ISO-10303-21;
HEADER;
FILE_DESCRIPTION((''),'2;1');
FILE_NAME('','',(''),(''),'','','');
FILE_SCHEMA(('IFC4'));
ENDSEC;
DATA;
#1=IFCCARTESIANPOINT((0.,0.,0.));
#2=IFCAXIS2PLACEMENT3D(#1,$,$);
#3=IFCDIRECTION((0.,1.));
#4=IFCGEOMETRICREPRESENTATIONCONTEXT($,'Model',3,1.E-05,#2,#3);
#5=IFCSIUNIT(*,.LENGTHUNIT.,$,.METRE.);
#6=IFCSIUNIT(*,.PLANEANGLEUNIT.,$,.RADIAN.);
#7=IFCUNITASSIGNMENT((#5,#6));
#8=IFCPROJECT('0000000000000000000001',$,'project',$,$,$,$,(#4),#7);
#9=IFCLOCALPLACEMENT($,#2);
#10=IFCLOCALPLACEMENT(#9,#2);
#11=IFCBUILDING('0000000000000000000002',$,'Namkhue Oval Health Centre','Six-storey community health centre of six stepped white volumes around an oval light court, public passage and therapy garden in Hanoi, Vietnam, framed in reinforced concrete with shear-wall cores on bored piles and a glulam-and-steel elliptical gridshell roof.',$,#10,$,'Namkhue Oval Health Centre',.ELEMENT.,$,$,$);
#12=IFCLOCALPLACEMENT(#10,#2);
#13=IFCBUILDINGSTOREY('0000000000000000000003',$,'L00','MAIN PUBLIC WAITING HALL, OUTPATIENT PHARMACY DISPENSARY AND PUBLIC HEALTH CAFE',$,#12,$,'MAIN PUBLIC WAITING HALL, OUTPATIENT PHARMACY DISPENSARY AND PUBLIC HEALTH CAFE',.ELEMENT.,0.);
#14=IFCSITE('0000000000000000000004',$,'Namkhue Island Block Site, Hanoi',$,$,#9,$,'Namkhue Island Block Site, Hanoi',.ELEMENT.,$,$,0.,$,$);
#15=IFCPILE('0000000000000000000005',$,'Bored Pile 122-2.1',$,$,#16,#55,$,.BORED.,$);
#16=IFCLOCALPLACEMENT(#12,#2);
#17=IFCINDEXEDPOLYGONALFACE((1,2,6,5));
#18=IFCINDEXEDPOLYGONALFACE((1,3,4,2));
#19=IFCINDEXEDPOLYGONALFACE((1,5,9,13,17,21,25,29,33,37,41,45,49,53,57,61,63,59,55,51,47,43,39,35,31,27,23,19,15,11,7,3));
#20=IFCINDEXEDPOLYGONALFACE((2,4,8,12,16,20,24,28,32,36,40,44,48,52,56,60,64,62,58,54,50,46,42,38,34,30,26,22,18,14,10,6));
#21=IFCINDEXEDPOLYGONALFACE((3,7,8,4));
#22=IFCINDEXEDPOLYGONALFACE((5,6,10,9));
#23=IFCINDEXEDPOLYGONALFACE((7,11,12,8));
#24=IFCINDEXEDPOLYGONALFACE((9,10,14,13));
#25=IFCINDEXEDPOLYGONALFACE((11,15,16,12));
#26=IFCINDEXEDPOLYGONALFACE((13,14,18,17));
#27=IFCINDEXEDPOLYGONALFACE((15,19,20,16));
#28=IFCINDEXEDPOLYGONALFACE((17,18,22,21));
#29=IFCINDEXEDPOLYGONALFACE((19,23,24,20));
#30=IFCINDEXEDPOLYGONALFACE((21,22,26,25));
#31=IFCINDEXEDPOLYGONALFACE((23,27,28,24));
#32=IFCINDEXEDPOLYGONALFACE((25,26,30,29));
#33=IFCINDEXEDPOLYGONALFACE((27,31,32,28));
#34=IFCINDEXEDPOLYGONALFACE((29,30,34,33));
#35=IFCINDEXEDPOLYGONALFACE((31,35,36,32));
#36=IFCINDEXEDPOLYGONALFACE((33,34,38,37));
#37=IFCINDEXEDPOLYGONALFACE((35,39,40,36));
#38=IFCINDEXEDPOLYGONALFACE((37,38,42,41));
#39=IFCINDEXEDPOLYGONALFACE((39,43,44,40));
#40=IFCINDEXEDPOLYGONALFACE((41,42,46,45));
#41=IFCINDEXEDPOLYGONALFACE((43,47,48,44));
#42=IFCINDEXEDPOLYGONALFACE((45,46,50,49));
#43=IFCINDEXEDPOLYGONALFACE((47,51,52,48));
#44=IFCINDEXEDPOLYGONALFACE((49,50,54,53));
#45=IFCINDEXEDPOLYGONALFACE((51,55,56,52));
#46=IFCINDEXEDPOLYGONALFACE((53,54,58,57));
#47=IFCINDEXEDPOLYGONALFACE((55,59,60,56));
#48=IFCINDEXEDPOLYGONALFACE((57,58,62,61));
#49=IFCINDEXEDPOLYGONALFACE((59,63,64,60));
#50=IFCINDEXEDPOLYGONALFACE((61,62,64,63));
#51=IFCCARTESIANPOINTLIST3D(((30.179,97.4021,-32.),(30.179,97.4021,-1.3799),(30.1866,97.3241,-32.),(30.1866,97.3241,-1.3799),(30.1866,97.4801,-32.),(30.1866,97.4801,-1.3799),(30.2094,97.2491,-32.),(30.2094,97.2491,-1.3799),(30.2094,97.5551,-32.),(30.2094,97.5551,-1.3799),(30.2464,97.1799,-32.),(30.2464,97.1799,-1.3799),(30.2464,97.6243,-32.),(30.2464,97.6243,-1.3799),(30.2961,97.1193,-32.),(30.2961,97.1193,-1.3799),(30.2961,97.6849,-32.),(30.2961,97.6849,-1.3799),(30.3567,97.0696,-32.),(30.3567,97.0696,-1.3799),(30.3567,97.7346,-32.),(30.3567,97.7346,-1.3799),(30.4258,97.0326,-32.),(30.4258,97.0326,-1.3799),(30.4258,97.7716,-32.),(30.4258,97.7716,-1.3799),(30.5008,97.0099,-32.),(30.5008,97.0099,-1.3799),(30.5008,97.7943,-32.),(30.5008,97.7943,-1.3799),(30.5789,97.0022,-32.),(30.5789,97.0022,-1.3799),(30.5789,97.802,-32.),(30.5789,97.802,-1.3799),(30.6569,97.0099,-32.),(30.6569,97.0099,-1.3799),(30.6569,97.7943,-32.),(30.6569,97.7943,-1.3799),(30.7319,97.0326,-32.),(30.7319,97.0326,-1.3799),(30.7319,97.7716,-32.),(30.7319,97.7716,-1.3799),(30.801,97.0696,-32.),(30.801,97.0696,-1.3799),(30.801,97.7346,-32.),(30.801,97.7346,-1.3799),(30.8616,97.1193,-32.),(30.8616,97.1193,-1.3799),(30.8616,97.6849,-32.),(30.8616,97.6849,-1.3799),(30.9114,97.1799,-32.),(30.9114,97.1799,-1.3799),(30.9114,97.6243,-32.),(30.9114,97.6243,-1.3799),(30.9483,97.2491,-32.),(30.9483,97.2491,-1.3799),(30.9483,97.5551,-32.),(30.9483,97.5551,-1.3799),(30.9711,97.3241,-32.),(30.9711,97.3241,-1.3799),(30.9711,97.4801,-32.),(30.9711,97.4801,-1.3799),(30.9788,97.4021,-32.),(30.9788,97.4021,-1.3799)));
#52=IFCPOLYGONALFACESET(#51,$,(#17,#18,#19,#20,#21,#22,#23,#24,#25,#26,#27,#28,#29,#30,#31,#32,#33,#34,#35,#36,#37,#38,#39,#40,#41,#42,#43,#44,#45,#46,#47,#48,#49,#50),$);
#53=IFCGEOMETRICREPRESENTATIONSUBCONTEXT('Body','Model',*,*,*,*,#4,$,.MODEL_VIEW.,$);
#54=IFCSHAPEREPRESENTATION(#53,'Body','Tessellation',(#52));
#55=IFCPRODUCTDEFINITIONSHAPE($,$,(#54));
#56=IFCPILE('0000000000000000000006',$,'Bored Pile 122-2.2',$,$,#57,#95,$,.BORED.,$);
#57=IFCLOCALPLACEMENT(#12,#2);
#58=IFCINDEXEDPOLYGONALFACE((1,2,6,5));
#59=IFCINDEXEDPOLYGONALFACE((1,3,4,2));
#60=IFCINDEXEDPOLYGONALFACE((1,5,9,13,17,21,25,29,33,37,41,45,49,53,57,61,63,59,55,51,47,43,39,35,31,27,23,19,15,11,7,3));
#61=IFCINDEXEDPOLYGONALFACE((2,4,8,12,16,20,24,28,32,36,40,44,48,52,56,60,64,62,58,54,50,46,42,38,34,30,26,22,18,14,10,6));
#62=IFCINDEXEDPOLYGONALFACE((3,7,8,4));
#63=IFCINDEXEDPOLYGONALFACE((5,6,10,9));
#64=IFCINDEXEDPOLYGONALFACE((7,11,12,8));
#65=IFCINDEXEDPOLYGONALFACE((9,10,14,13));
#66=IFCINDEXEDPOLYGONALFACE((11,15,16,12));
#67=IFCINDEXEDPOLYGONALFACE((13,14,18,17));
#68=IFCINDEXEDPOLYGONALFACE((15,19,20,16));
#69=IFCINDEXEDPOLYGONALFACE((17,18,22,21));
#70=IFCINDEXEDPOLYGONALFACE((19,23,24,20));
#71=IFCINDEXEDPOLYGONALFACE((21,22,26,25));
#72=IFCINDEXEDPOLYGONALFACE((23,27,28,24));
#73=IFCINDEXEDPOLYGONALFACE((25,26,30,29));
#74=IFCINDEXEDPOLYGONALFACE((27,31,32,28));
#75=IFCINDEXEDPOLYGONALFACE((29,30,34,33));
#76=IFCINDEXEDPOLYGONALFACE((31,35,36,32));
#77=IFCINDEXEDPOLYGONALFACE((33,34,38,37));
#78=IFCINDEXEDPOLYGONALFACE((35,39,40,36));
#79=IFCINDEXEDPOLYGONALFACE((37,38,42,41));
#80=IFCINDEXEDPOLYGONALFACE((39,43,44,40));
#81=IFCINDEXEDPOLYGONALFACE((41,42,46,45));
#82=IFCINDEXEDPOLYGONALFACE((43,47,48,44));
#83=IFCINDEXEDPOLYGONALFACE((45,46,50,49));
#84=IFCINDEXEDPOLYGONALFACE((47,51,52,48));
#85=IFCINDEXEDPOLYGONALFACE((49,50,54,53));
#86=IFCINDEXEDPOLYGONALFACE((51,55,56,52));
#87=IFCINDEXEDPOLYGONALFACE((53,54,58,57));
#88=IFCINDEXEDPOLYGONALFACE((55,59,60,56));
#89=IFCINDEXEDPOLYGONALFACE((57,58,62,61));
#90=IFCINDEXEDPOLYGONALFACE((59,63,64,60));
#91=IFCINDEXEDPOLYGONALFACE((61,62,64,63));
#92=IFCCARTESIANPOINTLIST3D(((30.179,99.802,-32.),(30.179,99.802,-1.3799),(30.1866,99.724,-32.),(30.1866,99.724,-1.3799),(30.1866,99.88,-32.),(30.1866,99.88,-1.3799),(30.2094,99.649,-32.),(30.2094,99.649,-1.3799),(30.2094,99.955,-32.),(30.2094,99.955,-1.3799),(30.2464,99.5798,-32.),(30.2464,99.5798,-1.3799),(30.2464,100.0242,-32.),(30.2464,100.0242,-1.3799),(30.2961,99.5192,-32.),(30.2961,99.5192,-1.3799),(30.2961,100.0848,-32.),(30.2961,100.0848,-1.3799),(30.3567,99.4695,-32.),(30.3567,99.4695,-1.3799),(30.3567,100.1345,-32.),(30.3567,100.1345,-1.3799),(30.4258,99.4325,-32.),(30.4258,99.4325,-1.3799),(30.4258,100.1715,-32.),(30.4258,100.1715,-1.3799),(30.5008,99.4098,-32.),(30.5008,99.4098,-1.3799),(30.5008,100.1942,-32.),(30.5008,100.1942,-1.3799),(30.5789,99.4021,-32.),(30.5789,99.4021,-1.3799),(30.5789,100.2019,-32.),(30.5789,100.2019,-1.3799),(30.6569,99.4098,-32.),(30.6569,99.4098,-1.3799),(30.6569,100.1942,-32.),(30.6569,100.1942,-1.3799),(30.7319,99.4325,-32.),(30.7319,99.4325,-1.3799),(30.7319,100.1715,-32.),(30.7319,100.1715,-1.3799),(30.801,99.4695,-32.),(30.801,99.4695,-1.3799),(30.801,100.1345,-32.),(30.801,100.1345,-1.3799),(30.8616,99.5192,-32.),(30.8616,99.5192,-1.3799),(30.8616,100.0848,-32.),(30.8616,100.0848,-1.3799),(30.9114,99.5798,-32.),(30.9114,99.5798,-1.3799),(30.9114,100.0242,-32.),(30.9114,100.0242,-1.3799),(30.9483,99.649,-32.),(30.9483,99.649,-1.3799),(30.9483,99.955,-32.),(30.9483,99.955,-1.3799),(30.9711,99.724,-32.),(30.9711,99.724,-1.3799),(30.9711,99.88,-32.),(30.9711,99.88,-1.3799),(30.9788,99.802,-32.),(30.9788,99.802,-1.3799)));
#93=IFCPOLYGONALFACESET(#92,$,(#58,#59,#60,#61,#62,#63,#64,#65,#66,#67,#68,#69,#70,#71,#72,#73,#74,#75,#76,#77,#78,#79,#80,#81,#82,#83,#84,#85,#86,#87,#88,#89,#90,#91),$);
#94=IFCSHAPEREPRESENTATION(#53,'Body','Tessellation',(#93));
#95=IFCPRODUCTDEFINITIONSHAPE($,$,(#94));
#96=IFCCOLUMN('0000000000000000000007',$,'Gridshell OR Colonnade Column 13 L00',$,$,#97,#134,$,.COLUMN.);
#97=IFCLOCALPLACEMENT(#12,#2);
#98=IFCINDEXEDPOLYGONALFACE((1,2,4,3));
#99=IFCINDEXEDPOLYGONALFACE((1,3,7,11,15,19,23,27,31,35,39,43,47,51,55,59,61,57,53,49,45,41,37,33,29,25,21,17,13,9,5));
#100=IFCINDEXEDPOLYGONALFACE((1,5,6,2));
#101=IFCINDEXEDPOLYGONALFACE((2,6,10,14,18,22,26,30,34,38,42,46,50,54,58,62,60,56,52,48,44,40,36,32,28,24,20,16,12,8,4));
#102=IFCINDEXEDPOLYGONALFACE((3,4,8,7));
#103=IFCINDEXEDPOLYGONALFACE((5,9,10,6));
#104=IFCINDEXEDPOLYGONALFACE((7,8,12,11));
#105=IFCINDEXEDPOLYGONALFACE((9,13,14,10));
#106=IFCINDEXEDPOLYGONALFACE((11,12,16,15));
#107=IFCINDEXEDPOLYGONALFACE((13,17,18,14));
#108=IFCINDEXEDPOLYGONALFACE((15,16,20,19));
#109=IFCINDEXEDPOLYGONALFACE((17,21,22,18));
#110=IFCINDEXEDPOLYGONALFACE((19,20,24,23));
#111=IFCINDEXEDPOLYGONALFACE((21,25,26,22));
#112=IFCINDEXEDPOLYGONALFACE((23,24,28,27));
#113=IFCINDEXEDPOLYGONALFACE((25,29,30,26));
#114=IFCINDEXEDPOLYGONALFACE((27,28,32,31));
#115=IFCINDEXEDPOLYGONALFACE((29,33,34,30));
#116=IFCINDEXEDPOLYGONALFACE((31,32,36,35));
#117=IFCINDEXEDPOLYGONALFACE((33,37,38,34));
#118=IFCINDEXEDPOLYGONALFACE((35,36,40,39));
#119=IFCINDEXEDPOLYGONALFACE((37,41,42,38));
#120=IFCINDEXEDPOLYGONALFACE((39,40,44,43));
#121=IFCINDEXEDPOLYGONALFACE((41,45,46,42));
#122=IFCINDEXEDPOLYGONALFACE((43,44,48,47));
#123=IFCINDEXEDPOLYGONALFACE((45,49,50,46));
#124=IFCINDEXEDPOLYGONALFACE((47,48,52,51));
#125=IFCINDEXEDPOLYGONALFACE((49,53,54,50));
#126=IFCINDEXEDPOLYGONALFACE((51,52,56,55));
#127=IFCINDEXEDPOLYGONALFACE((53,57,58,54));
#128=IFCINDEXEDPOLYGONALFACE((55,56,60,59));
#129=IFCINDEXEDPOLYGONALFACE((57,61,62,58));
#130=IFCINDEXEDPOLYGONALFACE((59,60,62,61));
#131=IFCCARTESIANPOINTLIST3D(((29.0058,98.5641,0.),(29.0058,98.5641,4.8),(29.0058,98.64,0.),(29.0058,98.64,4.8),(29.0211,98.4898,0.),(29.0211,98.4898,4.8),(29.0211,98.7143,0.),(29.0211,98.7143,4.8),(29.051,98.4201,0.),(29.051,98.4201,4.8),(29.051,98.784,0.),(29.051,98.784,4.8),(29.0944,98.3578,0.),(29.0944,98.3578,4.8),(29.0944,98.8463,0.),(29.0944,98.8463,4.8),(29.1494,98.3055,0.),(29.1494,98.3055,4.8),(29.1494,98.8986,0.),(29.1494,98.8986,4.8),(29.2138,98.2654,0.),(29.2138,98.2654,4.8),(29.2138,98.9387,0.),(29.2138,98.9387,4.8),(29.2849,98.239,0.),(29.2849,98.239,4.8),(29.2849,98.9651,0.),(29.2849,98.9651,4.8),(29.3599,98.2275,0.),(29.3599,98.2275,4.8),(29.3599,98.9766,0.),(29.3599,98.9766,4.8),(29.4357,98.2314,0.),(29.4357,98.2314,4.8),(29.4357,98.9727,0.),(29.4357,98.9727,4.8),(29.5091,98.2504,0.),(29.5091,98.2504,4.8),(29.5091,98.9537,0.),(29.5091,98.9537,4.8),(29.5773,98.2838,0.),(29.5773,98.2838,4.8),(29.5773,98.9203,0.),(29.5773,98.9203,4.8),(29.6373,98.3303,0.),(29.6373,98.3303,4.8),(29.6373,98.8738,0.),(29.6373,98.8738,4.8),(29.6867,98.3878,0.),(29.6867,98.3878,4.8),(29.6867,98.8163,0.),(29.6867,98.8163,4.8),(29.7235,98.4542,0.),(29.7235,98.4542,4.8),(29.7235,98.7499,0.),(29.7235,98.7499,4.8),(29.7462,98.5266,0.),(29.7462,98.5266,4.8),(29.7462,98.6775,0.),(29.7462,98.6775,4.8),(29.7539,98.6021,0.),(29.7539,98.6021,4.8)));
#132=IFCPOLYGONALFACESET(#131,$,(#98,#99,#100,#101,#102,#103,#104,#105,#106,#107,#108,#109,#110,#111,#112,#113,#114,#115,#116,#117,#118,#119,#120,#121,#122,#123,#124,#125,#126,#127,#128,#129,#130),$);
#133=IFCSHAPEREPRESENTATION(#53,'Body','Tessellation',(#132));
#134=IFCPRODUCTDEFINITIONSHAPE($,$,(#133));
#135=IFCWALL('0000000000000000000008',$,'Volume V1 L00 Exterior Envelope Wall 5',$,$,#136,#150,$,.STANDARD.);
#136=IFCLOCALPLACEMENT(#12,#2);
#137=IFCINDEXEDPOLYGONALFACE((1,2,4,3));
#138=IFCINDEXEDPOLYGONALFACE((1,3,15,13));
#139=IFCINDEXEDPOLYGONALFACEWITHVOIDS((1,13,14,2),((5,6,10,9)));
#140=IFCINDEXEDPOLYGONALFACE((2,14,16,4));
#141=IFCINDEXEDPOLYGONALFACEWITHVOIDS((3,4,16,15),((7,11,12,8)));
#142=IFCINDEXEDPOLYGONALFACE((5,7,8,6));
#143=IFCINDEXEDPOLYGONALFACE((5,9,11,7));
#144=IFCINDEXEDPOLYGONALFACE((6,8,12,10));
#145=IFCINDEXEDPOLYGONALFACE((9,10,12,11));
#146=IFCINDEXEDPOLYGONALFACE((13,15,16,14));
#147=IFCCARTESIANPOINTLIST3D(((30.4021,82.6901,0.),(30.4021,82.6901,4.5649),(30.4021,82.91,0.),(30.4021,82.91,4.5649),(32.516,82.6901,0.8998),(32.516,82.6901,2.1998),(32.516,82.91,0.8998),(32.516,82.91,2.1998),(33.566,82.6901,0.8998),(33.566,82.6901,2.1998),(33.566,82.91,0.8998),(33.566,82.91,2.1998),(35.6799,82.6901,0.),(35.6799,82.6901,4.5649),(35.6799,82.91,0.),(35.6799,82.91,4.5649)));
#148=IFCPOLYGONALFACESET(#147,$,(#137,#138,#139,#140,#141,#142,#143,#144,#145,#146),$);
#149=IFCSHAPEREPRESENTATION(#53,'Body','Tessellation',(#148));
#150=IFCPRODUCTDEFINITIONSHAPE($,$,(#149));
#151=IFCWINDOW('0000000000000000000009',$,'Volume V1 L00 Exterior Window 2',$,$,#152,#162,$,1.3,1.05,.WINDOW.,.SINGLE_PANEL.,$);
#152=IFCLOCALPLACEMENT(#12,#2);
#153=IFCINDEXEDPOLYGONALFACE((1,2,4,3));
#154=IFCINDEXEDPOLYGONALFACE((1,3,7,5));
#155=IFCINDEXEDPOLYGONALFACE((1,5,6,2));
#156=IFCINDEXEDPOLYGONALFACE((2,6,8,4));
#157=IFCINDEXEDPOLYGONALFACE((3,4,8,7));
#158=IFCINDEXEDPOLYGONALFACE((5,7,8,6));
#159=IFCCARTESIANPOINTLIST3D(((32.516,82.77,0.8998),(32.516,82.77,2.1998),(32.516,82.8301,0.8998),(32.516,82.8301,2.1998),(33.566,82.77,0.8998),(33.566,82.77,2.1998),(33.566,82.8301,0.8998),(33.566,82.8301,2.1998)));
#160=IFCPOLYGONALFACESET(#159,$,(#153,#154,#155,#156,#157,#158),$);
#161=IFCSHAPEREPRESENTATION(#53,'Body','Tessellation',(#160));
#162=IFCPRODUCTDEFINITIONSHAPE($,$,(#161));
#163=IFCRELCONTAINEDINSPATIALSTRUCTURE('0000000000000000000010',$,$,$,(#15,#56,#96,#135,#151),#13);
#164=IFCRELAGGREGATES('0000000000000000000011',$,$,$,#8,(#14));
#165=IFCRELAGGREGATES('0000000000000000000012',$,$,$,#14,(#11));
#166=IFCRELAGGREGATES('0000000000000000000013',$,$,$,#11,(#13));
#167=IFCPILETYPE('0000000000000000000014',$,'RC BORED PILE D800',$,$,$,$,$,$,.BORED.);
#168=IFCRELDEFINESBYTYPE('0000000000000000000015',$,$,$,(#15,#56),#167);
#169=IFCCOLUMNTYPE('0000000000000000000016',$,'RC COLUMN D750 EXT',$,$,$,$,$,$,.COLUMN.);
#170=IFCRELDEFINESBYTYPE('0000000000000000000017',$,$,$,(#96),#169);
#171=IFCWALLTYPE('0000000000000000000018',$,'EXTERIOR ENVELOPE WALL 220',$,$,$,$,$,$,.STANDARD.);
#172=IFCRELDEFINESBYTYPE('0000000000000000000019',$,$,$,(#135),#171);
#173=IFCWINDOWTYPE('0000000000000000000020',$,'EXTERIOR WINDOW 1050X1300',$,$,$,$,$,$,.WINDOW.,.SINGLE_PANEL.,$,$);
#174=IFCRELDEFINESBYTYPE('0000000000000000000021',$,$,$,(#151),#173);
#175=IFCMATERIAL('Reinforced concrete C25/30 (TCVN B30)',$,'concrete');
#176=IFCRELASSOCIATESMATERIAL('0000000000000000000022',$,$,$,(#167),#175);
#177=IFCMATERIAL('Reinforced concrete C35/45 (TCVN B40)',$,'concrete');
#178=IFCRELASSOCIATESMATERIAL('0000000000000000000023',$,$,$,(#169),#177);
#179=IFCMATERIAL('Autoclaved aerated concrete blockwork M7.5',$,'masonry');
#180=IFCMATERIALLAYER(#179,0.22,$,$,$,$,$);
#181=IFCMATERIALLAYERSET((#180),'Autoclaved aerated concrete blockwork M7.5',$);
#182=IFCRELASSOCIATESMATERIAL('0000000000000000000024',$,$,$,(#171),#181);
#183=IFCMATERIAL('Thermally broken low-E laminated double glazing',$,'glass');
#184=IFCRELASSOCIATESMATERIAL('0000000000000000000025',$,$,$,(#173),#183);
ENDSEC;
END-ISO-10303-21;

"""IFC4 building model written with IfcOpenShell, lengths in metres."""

from ifc_helpers import new_model, si_unit, direction, frame, frame_2d, origin, origin_2d, place, context, subcontext, project, spatial, rectangle, circle, extrude, material, layer, layer_set, material_profile, profile_set, type_object, element, fill, save


model = new_model("IFC4")

# Units and contexts
model_context = context("Model", 3, precision=1e-05, world=origin(), true_north=direction((0.0, 1.0)))
body_context = subcontext(model_context, "Body", "Model", "MODEL_VIEW")
ifc_project = project(units=[si_unit("LENGTHUNIT", "METRE"), si_unit("PLANEANGLEUNIT", "RADIAN")], contexts=[model_context])

# Site, building, storey
site_placement = place(None, origin())
site = spatial("IfcSite", under=ifc_project, at=site_placement, Name="Namkhue Island Block Site, Hanoi", LongName="Namkhue Island Block Site, Hanoi", CompositionType="ELEMENT", RefElevation=0.0)
building_placement = place(site_placement, origin())
building = spatial("IfcBuilding", under=site, at=building_placement, Name="Namkhue Oval Health Centre", Description="Six-storey community health centre of six stepped white volumes around an oval light court, public passage and therapy garden in Hanoi, Vietnam, framed in reinforced concrete with shear-wall cores on bored piles and a glulam-and-steel elliptical gridshell roof.", LongName="Namkhue Oval Health Centre", CompositionType="ELEMENT")
storey_placement = place(building_placement, origin())
storey = spatial("IfcBuildingStorey", under=building, at=storey_placement, Name="L00", Description="MAIN PUBLIC WAITING HALL, OUTPATIENT PHARMACY DISPENSARY AND PUBLIC HEALTH CAFE", LongName="MAIN PUBLIC WAITING HALL, OUTPATIENT PHARMACY DISPENSARY AND PUBLIC HEALTH CAFE", CompositionType="ELEMENT", Elevation=0.0)

# Piles
ifc_material_1 = material(Name="Reinforced concrete C25/30 (TCVN B30)", Category="concrete")
ifc_material_profile_1 = material_profile(ifc_material_1, circle(Radius=0.3999, at=origin_2d()), Name="BORED PILE D800")
ifc_profile_set_1 = profile_set([ifc_material_profile_1], Name="Reinforced concrete C25/30 (TCVN B30)")
pile_type_1 = type_object("IfcPileType", Name="RC BORED PILE D800", PredefinedType="BORED", material=ifc_profile_set_1)
for number, where, z_axis, x_axis, name in (
    (1, (30.5789, 97.4021, -1.3799), (0.0, 0.0, -1.0), (1.0, 0.0, 0.0), "Bored Pile 122-2.1"),
    (2, (30.5789, 99.802, -1.3799), (0.0, 0.0, -1.0), (1.0, 0.0, 0.0), "Bored Pile 122-2.2"),
):
    element("IfcPile", number, at=place(storey_placement, frame(where, z_axis=z_axis, x_axis=x_axis)), inside=storey, type_object=pile_type_1, Name=name, PredefinedType="BORED", context=body_context, shape_type="SweptSolid", body=[
        extrude(circle(Radius=0.3999, at=origin_2d()), origin(), (0.0, 0.0, 1.0), 30.6201),
    ])

# Column
ifc_material_2 = material(Name="Reinforced concrete C35/45 (TCVN B40)", Category="concrete")
ifc_material_profile_2 = material_profile(ifc_material_2, circle(Radius=0.375, at=origin_2d()), Name="RC D750")
ifc_profile_set_2 = profile_set([ifc_material_profile_2], Name="Reinforced concrete C35/45 (TCVN B40)")
column_type = type_object("IfcColumnType", Name="RC COLUMN D750 EXT", PredefinedType="COLUMN", material=ifc_profile_set_2)
column_placement = place(storey_placement, frame((29.3789, 98.6021, 0.0), z_axis=(0.0, 0.0, 1.0), x_axis=(1.0, 0.0, 0.0)))
element("IfcColumn", 3, at=column_placement, inside=storey, type_object=column_type, Name="Gridshell OR Colonnade Column 13 L00", PredefinedType="COLUMN", context=body_context, shape_type="SweptSolid", body=[
    extrude(circle(Radius=0.375, at=origin_2d()), origin(), (0.0, 0.0, 1.0), 4.8),
])

# Wall, opening, window
ifc_material_3 = material(Name="Autoclaved aerated concrete blockwork M7.5", Category="masonry")
ifc_layer_1 = layer(ifc_material_3, 0.22)
ifc_layer_set_1 = layer_set([ifc_layer_1], Name="Autoclaved aerated concrete blockwork M7.5")
wall_type_1 = type_object("IfcWallType", Name="EXTERIOR ENVELOPE WALL 220", PredefinedType="STANDARD", material=ifc_layer_set_1)
wall_1_placement = place(storey_placement, frame((35.6799, 82.8, 0.0), z_axis=(0.0, 0.0, 1.0), x_axis=(-1.0, 0.0, 0.0)))
wall_1 = element("IfcWall", 4, at=wall_1_placement, inside=storey, type_object=wall_type_1, Name="Volume V1 L00 Exterior Envelope Wall 5", PredefinedType="STANDARD", context=body_context, shape_type="SweptSolid", body=[
    extrude(rectangle(XDim=5.2778, YDim=0.22, at=frame_2d((2.6389, 0.0))), origin(), (0.0, 0.0, 1.0), 4.5649),
])
opening_1_placement = place(wall_1_placement, frame((2.114, 0.0, 0.8999)))
opening_1 = element("IfcOpeningElement", 5, at=opening_1_placement, cuts=wall_1, PredefinedType="OPENING", context=body_context, shape_type="SweptSolid", body=[
    extrude(rectangle(XDim=1.05, YDim=1.3, at=frame_2d((0.5249, 0.6499))), frame((0.0, 0.1199, 0.0), z_axis=(0.0, -1.0, 0.0), x_axis=(1.0, 0.0, 0.0)), (0.0, 0.0, 1.0), 0.24),
])
ifc_material_4 = material(Name="Thermally broken low-E laminated double glazing", Category="glass")
window_type = type_object("IfcWindowType", Name="EXTERIOR WINDOW 1050X1300", PartitioningType="SINGLE_PANEL", PredefinedType="WINDOW", material=ifc_material_4)
window_placement = place(opening_1_placement, origin())
window = element("IfcWindow", 6, at=window_placement, inside=storey, type_object=window_type, Name="Volume V1 L00 Exterior Window 2", OverallHeight=1.3, OverallWidth=1.05, PartitioningType="SINGLE_PANEL", PredefinedType="WINDOW", context=body_context, shape_type="SweptSolid", body=[
    extrude(rectangle(XDim=1.05, YDim=1.3, at=frame_2d((0.5249, 0.6499))), frame((0.0, 0.03, 0.0), z_axis=(0.0, -1.0, 0.0), x_axis=(1.0, 0.0, 0.0)), (0.0, 0.0, 1.0), 0.0601),
])
fill(opening_1, window)

save(model, "model.ifc")
